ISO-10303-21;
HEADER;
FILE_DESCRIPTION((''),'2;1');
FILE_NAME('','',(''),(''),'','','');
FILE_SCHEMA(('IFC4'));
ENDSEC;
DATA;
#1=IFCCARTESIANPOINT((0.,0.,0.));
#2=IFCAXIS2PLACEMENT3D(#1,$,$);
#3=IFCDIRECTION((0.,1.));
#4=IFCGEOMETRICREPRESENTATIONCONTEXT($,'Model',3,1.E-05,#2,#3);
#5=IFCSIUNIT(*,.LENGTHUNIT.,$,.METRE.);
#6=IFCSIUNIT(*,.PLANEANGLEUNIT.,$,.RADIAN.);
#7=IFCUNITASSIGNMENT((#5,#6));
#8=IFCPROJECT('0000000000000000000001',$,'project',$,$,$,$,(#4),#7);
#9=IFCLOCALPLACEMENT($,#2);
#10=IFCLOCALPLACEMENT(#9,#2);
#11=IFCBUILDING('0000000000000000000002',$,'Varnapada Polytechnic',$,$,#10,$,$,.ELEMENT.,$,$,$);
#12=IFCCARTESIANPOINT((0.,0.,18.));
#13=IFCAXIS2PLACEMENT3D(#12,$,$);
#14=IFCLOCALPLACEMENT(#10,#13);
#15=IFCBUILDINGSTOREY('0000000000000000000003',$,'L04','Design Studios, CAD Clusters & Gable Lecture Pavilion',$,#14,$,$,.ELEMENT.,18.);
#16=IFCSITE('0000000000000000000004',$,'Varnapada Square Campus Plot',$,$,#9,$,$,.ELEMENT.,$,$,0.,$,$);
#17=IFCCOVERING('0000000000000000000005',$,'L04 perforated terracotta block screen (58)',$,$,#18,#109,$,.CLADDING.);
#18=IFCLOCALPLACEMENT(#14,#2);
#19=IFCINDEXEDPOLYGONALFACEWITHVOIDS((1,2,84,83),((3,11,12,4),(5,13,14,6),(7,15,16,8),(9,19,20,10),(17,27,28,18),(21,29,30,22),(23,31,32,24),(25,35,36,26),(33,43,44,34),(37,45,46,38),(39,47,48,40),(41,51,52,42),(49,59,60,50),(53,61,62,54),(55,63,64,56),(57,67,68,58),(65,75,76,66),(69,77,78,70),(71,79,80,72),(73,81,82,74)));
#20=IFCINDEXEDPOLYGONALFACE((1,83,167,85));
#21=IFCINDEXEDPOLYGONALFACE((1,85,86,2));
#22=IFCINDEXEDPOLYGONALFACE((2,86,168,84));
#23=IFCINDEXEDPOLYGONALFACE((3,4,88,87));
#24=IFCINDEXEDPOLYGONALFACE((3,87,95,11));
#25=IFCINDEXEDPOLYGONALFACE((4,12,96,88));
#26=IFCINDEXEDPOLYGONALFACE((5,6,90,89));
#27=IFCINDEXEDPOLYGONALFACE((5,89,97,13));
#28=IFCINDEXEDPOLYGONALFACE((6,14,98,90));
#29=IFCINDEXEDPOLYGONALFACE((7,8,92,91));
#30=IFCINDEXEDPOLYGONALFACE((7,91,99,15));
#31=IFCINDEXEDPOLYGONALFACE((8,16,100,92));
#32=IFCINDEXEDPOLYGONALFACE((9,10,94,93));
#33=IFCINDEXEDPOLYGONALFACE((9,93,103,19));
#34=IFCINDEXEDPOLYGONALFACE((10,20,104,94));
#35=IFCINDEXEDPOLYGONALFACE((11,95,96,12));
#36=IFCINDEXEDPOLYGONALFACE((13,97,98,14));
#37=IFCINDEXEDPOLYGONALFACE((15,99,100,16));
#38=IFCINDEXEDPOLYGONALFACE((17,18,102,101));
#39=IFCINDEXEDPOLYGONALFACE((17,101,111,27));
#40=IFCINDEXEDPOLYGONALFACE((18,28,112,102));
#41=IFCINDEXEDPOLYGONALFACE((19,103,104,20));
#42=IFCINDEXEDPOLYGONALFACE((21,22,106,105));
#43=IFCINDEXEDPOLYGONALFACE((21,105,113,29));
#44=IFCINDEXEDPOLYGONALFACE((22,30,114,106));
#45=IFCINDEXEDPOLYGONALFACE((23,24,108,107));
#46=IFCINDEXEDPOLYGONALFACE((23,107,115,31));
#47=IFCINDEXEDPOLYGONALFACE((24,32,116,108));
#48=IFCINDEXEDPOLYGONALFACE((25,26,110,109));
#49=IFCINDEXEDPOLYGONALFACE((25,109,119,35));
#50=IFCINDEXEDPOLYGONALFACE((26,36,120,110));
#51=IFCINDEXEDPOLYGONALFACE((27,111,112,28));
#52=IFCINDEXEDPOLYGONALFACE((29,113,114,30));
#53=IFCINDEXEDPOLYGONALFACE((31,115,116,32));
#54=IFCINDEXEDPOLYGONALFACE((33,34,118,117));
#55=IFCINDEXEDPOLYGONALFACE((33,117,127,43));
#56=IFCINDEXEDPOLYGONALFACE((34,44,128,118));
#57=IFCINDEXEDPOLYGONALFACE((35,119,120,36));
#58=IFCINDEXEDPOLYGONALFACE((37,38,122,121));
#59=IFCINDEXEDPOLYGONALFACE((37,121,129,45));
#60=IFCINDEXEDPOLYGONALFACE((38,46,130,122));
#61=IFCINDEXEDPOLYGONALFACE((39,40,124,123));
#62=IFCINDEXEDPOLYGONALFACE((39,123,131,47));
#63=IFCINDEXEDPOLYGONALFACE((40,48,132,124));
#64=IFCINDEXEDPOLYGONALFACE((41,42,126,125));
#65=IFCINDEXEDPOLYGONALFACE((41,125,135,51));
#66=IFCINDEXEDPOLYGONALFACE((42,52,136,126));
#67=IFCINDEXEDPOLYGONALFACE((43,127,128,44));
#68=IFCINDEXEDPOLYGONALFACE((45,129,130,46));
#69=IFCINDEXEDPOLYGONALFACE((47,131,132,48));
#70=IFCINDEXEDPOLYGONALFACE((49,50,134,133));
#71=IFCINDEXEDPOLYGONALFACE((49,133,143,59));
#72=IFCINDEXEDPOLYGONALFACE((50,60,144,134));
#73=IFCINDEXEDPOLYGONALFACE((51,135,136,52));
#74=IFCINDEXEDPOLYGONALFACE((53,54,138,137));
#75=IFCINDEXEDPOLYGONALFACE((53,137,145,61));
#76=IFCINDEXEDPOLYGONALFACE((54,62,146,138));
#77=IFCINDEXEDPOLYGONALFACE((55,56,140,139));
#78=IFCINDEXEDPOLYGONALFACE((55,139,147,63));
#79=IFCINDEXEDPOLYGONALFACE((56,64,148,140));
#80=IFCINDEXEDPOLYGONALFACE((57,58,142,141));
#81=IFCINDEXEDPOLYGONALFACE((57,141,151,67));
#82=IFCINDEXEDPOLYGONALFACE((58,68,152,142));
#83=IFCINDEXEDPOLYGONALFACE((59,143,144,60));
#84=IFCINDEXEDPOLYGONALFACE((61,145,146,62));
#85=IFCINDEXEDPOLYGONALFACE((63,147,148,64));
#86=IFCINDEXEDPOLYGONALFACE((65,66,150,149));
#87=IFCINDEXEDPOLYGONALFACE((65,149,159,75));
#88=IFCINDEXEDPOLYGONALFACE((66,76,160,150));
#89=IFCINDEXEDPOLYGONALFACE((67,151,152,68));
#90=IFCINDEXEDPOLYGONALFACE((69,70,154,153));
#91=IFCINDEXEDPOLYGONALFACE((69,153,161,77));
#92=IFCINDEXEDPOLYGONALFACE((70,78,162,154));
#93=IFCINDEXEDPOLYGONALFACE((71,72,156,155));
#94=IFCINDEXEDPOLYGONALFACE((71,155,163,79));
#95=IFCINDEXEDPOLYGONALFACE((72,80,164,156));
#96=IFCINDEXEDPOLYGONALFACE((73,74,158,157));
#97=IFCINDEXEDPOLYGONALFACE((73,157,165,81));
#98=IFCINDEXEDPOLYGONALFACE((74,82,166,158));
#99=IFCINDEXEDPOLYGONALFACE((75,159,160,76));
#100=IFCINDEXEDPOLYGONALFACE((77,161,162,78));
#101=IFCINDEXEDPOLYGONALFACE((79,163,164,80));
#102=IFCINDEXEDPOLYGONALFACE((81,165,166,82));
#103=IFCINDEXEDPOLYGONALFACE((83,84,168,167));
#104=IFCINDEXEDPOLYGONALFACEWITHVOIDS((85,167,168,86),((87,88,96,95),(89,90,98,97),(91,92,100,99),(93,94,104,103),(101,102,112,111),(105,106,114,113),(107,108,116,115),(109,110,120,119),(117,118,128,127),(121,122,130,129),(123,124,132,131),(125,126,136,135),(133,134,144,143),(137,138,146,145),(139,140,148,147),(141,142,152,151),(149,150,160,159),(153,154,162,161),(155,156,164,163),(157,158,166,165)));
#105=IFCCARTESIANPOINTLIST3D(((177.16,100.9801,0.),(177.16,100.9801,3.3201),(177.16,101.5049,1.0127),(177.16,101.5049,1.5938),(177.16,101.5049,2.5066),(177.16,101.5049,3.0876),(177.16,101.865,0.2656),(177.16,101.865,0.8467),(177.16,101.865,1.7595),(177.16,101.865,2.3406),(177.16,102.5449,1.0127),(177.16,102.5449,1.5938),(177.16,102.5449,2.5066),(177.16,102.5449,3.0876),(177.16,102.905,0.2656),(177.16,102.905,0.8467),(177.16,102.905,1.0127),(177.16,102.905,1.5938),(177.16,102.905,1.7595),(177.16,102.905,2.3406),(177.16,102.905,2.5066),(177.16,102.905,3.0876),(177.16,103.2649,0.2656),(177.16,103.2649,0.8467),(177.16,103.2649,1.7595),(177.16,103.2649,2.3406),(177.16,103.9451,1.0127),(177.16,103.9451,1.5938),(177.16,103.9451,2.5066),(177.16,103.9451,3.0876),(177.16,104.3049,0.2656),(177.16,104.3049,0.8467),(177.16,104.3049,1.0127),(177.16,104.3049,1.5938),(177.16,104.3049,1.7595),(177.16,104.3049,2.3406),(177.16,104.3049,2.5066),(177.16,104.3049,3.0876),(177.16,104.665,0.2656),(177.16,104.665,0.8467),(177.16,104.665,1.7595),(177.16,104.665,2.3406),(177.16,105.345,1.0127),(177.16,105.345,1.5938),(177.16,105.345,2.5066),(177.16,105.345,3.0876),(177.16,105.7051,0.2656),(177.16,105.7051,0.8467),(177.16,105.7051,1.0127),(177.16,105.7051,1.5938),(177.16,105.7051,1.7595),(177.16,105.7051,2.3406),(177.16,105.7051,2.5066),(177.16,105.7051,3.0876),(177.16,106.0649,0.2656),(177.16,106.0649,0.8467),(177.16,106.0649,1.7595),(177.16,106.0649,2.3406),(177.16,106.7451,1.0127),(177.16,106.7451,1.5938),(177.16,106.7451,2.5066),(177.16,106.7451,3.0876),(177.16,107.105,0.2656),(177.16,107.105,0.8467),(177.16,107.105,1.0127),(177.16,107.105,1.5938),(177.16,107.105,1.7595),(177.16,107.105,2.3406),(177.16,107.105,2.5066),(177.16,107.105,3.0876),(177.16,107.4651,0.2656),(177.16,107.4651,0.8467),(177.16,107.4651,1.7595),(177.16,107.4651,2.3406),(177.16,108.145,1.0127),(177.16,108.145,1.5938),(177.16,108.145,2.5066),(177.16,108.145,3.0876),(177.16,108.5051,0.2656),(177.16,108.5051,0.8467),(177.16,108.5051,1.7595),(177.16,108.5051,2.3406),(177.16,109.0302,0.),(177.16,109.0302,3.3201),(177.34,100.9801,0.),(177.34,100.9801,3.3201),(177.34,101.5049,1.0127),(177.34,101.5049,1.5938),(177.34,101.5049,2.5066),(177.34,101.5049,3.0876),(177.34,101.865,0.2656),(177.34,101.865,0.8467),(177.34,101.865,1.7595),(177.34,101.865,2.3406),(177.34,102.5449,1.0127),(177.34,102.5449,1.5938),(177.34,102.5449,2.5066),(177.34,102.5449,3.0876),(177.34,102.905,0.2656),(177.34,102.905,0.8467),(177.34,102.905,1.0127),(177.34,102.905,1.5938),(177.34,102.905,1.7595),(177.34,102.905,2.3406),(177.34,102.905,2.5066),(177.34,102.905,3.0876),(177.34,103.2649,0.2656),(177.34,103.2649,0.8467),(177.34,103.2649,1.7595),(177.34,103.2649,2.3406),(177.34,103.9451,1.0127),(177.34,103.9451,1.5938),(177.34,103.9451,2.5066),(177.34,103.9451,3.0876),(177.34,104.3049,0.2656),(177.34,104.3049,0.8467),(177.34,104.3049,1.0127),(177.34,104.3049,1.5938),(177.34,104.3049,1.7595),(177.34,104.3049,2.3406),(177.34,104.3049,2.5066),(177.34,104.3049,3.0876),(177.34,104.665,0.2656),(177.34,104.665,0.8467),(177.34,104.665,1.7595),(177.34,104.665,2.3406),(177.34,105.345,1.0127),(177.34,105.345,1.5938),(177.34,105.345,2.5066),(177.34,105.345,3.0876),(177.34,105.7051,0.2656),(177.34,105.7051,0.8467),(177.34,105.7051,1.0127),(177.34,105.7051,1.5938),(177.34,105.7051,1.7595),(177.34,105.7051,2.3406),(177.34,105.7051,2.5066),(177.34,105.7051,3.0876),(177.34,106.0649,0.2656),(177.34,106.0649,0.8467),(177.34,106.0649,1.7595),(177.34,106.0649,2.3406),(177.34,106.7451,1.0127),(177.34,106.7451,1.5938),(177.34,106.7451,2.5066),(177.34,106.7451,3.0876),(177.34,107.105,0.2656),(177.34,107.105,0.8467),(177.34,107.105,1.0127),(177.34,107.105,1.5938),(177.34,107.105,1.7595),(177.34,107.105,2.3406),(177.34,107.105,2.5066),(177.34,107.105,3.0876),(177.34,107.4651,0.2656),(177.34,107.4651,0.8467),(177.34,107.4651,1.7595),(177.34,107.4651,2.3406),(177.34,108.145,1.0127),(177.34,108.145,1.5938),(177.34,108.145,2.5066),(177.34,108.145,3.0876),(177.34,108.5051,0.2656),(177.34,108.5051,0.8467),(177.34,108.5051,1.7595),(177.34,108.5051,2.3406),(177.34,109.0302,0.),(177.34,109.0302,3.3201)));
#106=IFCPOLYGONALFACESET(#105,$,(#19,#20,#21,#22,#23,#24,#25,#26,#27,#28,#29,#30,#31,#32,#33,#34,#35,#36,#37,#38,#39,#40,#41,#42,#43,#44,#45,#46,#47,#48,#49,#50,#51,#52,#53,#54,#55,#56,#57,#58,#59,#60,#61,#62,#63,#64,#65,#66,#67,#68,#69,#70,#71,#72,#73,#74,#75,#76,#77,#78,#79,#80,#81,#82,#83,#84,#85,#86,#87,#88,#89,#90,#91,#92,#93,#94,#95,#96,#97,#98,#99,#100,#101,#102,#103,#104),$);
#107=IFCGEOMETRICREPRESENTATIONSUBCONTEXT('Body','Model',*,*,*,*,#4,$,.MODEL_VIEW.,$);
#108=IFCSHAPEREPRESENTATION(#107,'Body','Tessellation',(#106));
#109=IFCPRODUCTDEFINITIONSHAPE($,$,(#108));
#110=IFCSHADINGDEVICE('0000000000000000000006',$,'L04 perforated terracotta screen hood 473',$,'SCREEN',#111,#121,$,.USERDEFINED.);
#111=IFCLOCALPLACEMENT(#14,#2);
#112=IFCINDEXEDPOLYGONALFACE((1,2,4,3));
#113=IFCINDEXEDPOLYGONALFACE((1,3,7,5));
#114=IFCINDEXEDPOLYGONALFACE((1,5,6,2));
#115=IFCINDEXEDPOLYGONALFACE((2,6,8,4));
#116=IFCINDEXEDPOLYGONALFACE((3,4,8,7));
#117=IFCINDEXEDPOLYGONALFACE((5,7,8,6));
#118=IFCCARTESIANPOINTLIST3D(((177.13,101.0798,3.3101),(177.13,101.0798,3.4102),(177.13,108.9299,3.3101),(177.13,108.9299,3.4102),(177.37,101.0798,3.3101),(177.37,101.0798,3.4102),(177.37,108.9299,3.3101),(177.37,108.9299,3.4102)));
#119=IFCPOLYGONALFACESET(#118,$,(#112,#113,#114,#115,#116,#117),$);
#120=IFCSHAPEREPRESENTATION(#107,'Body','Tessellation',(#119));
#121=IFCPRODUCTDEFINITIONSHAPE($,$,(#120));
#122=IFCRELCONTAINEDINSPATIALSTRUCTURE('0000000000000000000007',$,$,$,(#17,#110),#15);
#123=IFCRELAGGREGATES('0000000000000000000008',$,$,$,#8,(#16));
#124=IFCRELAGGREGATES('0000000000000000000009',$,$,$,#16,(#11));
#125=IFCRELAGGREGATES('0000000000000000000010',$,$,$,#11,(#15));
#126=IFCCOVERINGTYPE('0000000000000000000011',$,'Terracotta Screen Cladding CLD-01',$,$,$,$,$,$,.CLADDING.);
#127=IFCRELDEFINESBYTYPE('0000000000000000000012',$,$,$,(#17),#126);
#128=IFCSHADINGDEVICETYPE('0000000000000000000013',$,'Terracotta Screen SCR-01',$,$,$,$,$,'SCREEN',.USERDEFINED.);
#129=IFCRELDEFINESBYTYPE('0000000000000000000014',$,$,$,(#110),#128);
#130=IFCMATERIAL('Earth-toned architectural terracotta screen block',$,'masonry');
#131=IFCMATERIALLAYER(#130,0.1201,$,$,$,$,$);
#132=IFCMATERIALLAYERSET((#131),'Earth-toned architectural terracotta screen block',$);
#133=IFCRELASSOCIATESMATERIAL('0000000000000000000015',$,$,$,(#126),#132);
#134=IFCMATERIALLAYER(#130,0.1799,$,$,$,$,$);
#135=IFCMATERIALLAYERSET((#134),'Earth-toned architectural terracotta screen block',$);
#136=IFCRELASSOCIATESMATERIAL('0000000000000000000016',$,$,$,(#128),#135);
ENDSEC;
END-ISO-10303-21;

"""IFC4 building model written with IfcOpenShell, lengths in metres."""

from ifc_helpers import new_model, si_unit, direction, frame, frame_2d, origin, origin_2d, place, context, subcontext, project, spatial, rectangle, extrude, material, layer, layer_set, type_object, element, save


model = new_model("IFC4")

# Units and contexts
model_context = context("Model", 3, precision=1e-05, world=origin(), true_north=direction((0.0, 1.0)))
body_context = subcontext(model_context, "Body", "Model", "MODEL_VIEW")
ifc_project = project(units=[si_unit("LENGTHUNIT", "METRE"), si_unit("PLANEANGLEUNIT", "RADIAN")], contexts=[model_context])

# Site, building, storey
site_placement = place(None, origin())
site = spatial("IfcSite", under=ifc_project, at=site_placement, Name="Varnapada Square Campus Plot", CompositionType="ELEMENT", RefElevation=0.0)
building_placement = place(site_placement, origin())
building = spatial("IfcBuilding", under=site, at=building_placement, Name="Varnapada Polytechnic", CompositionType="ELEMENT")
storey_placement = place(building_placement, frame((0.0, 0.0, 18.0)))
storey = spatial("IfcBuildingStorey", under=building, at=storey_placement, Name="L04", Description="Design Studios, CAD Clusters & Gable Lecture Pavilion", CompositionType="ELEMENT", Elevation=18.0)

# Covering, openings
ifc_material_1 = material(Name="Earth-toned architectural terracotta screen block", Category="masonry")
ifc_layer_1 = layer(ifc_material_1, 0.1201)
ifc_layer_set_1 = layer_set([ifc_layer_1], Name="Earth-toned architectural terracotta screen block")
covering_type_1 = type_object("IfcCoveringType", Name="Terracotta Screen Cladding CLD-01", PredefinedType="CLADDING", material=ifc_layer_set_1)
covering_1_placement = place(storey_placement, frame((177.25, 109.03, 0.0), z_axis=(0.0, 0.0, 1.0), x_axis=(0.0, -1.0, 0.0)))
covering_1 = element("IfcCovering", 1, at=covering_1_placement, inside=storey, type_object=covering_type_1, Name="L04 perforated terracotta block screen (58)", PredefinedType="CLADDING", context=body_context, shape_type="SweptSolid", body=[
    extrude(rectangle(XDim=8.05, YDim=0.1799, at=frame_2d((4.0249, 0.0))), origin(), (0.0, 0.0, 1.0), 3.3201),
])
opening_1_placement = place(covering_1_placement, frame((0.5249, 0.0, 0.2656)))
element("IfcOpeningElement", 2, at=opening_1_placement, cuts=covering_1, PredefinedType="OPENING", context=body_context, shape_type="SweptSolid", body=[
    extrude(rectangle(XDim=1.04, YDim=0.5811, at=frame_2d((0.52, 0.2905))), frame((0.0, 0.0999, 0.0), z_axis=(0.0, -1.0, 0.0), x_axis=(1.0, 0.0, 0.0)), (0.0, 0.0, 1.0), 0.2),
])
opening_2_placement = place(covering_1_placement, frame((1.925, 0.0, 0.2656)))
element("IfcOpeningElement", 3, at=opening_2_placement, cuts=covering_1, PredefinedType="OPENING", context=body_context, shape_type="SweptSolid", body=[
    extrude(rectangle(XDim=1.04, YDim=0.5811, at=frame_2d((0.52, 0.2905))), frame((0.0, 0.0999, 0.0), z_axis=(0.0, -1.0, 0.0), x_axis=(1.0, 0.0, 0.0)), (0.0, 0.0, 1.0), 0.2),
])
opening_3_placement = place(covering_1_placement, frame((3.325, 0.0, 0.2656)))
element("IfcOpeningElement", 4, at=opening_3_placement, cuts=covering_1, PredefinedType="OPENING", context=body_context, shape_type="SweptSolid", body=[
    extrude(rectangle(XDim=1.04, YDim=0.5811, at=frame_2d((0.52, 0.2905))), frame((0.0, 0.0999, 0.0), z_axis=(0.0, -1.0, 0.0), x_axis=(1.0, 0.0, 0.0)), (0.0, 0.0, 1.0), 0.2),
])
opening_4_placement = place(covering_1_placement, frame((4.7251, 0.0, 0.2656)))
element("IfcOpeningElement", 5, at=opening_4_placement, cuts=covering_1, PredefinedType="OPENING", context=body_context, shape_type="SweptSolid", body=[
    extrude(rectangle(XDim=1.04, YDim=0.5811, at=frame_2d((0.52, 0.2905))), frame((0.0, 0.0999, 0.0), z_axis=(0.0, -1.0, 0.0), x_axis=(1.0, 0.0, 0.0)), (0.0, 0.0, 1.0), 0.2),
])
opening_5_placement = place(covering_1_placement, frame((6.125, 0.0, 0.2656)))
element("IfcOpeningElement", 6, at=opening_5_placement, cuts=covering_1, PredefinedType="OPENING", context=body_context, shape_type="SweptSolid", body=[
    extrude(rectangle(XDim=1.04, YDim=0.5811, at=frame_2d((0.52, 0.2905))), frame((0.0, 0.0999, 0.0), z_axis=(0.0, -1.0, 0.0), x_axis=(1.0, 0.0, 0.0)), (0.0, 0.0, 1.0), 0.2),
])
opening_6_placement = place(covering_1_placement, frame((0.885, 0.0, 1.0127)))
element("IfcOpeningElement", 7, at=opening_6_placement, cuts=covering_1, PredefinedType="OPENING", context=body_context, shape_type="SweptSolid", body=[
    extrude(rectangle(XDim=1.04, YDim=0.5811, at=frame_2d((0.52, 0.2905))), frame((0.0, 0.0999, 0.0), z_axis=(0.0, -1.0, 0.0), x_axis=(1.0, 0.0, 0.0)), (0.0, 0.0, 1.0), 0.2),
])
opening_7_placement = place(covering_1_placement, frame((2.2849, 0.0, 1.0127)))
element("IfcOpeningElement", 8, at=opening_7_placement, cuts=covering_1, PredefinedType="OPENING", context=body_context, shape_type="SweptSolid", body=[
    extrude(rectangle(XDim=1.04, YDim=0.5811, at=frame_2d((0.52, 0.2905))), frame((0.0, 0.0999, 0.0), z_axis=(0.0, -1.0, 0.0), x_axis=(1.0, 0.0, 0.0)), (0.0, 0.0, 1.0), 0.2),
])
opening_8_placement = place(covering_1_placement, frame((3.6851, 0.0, 1.0127)))
element("IfcOpeningElement", 9, at=opening_8_placement, cuts=covering_1, PredefinedType="OPENING", context=body_context, shape_type="SweptSolid", body=[
    extrude(rectangle(XDim=1.04, YDim=0.5811, at=frame_2d((0.52, 0.2905))), frame((0.0, 0.0999, 0.0), z_axis=(0.0, -1.0, 0.0), x_axis=(1.0, 0.0, 0.0)), (0.0, 0.0, 1.0), 0.2),
])
opening_9_placement = place(covering_1_placement, frame((5.085, 0.0, 1.0127)))
element("IfcOpeningElement", 10, at=opening_9_placement, cuts=covering_1, PredefinedType="OPENING", context=body_context, shape_type="SweptSolid", body=[
    extrude(rectangle(XDim=1.04, YDim=0.5811, at=frame_2d((0.52, 0.2905))), frame((0.0, 0.0999, 0.0), z_axis=(0.0, -1.0, 0.0), x_axis=(1.0, 0.0, 0.0)), (0.0, 0.0, 1.0), 0.2),
])
opening_10_placement = place(covering_1_placement, frame((6.4851, 0.0, 1.0127)))
element("IfcOpeningElement", 11, at=opening_10_placement, cuts=covering_1, PredefinedType="OPENING", context=body_context, shape_type="SweptSolid", body=[
    extrude(rectangle(XDim=1.04, YDim=0.5811, at=frame_2d((0.52, 0.2905))), frame((0.0, 0.0999, 0.0), z_axis=(0.0, -1.0, 0.0), x_axis=(1.0, 0.0, 0.0)), (0.0, 0.0, 1.0), 0.2),
])
opening_11_placement = place(covering_1_placement, frame((0.5249, 0.0, 1.7595)))
element("IfcOpeningElement", 12, at=opening_11_placement, cuts=covering_1, PredefinedType="OPENING", context=body_context, shape_type="SweptSolid", body=[
    extrude(rectangle(XDim=1.04, YDim=0.5811, at=frame_2d((0.52, 0.2905))), frame((0.0, 0.0999, 0.0), z_axis=(0.0, -1.0, 0.0), x_axis=(1.0, 0.0, 0.0)), (0.0, 0.0, 1.0), 0.2),
])
opening_12_placement = place(covering_1_placement, frame((1.925, 0.0, 1.7595)))
element("IfcOpeningElement", 13, at=opening_12_placement, cuts=covering_1, PredefinedType="OPENING", context=body_context, shape_type="SweptSolid", body=[
    extrude(rectangle(XDim=1.04, YDim=0.5811, at=frame_2d((0.52, 0.2905))), frame((0.0, 0.0999, 0.0), z_axis=(0.0, -1.0, 0.0), x_axis=(1.0, 0.0, 0.0)), (0.0, 0.0, 1.0), 0.2),
])
opening_13_placement = place(covering_1_placement, frame((3.325, 0.0, 1.7595)))
element("IfcOpeningElement", 14, at=opening_13_placement, cuts=covering_1, PredefinedType="OPENING", context=body_context, shape_type="SweptSolid", body=[
    extrude(rectangle(XDim=1.04, YDim=0.5811, at=frame_2d((0.52, 0.2905))), frame((0.0, 0.0999, 0.0), z_axis=(0.0, -1.0, 0.0), x_axis=(1.0, 0.0, 0.0)), (0.0, 0.0, 1.0), 0.2),
])
opening_14_placement = place(covering_1_placement, frame((4.7251, 0.0, 1.7595)))
element("IfcOpeningElement", 15, at=opening_14_placement, cuts=covering_1, PredefinedType="OPENING", context=body_context, shape_type="SweptSolid", body=[
    extrude(rectangle(XDim=1.04, YDim=0.5811, at=frame_2d((0.52, 0.2905))), frame((0.0, 0.0999, 0.0), z_axis=(0.0, -1.0, 0.0), x_axis=(1.0, 0.0, 0.0)), (0.0, 0.0, 1.0), 0.2),
])
opening_15_placement = place(covering_1_placement, frame((6.125, 0.0, 1.7595)))
element("IfcOpeningElement", 16, at=opening_15_placement, cuts=covering_1, PredefinedType="OPENING", context=body_context, shape_type="SweptSolid", body=[
    extrude(rectangle(XDim=1.04, YDim=0.5811, at=frame_2d((0.52, 0.2905))), frame((0.0, 0.0999, 0.0), z_axis=(0.0, -1.0, 0.0), x_axis=(1.0, 0.0, 0.0)), (0.0, 0.0, 1.0), 0.2),
])
opening_16_placement = place(covering_1_placement, frame((0.885, 0.0, 2.5066)))
element("IfcOpeningElement", 17, at=opening_16_placement, cuts=covering_1, PredefinedType="OPENING", context=body_context, shape_type="SweptSolid", body=[
    extrude(rectangle(XDim=1.04, YDim=0.5811, at=frame_2d((0.52, 0.2905))), frame((0.0, 0.0999, 0.0), z_axis=(0.0, -1.0, 0.0), x_axis=(1.0, 0.0, 0.0)), (0.0, 0.0, 1.0), 0.2),
])
opening_17_placement = place(covering_1_placement, frame((2.2849, 0.0, 2.5066)))
element("IfcOpeningElement", 18, at=opening_17_placement, cuts=covering_1, PredefinedType="OPENING", context=body_context, shape_type="SweptSolid", body=[
    extrude(rectangle(XDim=1.04, YDim=0.5811, at=frame_2d((0.52, 0.2905))), frame((0.0, 0.0999, 0.0), z_axis=(0.0, -1.0, 0.0), x_axis=(1.0, 0.0, 0.0)), (0.0, 0.0, 1.0), 0.2),
])
opening_18_placement = place(covering_1_placement, frame((3.6851, 0.0, 2.5066)))
element("IfcOpeningElement", 19, at=opening_18_placement, cuts=covering_1, PredefinedType="OPENING", context=body_context, shape_type="SweptSolid", body=[
    extrude(rectangle(XDim=1.04, YDim=0.5811, at=frame_2d((0.52, 0.2905))), frame((0.0, 0.0999, 0.0), z_axis=(0.0, -1.0, 0.0), x_axis=(1.0, 0.0, 0.0)), (0.0, 0.0, 1.0), 0.2),
])
opening_19_placement = place(covering_1_placement, frame((5.085, 0.0, 2.5066)))
element("IfcOpeningElement", 20, at=opening_19_placement, cuts=covering_1, PredefinedType="OPENING", context=body_context, shape_type="SweptSolid", body=[
    extrude(rectangle(XDim=1.04, YDim=0.5811, at=frame_2d((0.52, 0.2905))), frame((0.0, 0.0999, 0.0), z_axis=(0.0, -1.0, 0.0), x_axis=(1.0, 0.0, 0.0)), (0.0, 0.0, 1.0), 0.2),
])
opening_20_placement = place(covering_1_placement, frame((6.4851, 0.0, 2.5066)))
element("IfcOpeningElement", 21, at=opening_20_placement, cuts=covering_1, PredefinedType="OPENING", context=body_context, shape_type="SweptSolid", body=[
    extrude(rectangle(XDim=1.04, YDim=0.5811, at=frame_2d((0.52, 0.2905))), frame((0.0, 0.0999, 0.0), z_axis=(0.0, -1.0, 0.0), x_axis=(1.0, 0.0, 0.0)), (0.0, 0.0, 1.0), 0.2),
])

# Shading device
ifc_layer_2 = layer(ifc_material_1, 0.1799)
ifc_layer_set_2 = layer_set([ifc_layer_2], Name="Earth-toned architectural terracotta screen block")
shading_device_type = type_object("IfcShadingDeviceType", Name="Terracotta Screen SCR-01", ElementType="SCREEN", PredefinedType="USERDEFINED", material=ifc_layer_set_2)
shading_device_placement = place(storey_placement, frame((177.25, 105.0049, 3.3101), z_axis=(0.0, 0.0, 1.0), x_axis=(0.0, -1.0, 0.0)))
element("IfcShadingDevice", 22, at=shading_device_placement, inside=storey, type_object=shading_device_type, Name="L04 perforated terracotta screen hood 473", ObjectType="SCREEN", PredefinedType="USERDEFINED", context=body_context, shape_type="SweptSolid", body=[
    extrude(rectangle(XDim=7.8501, YDim=0.24, at=origin_2d()), origin(), (0.0, 0.0, 1.0), 0.1001),
])

save(model, "model.ifc")
